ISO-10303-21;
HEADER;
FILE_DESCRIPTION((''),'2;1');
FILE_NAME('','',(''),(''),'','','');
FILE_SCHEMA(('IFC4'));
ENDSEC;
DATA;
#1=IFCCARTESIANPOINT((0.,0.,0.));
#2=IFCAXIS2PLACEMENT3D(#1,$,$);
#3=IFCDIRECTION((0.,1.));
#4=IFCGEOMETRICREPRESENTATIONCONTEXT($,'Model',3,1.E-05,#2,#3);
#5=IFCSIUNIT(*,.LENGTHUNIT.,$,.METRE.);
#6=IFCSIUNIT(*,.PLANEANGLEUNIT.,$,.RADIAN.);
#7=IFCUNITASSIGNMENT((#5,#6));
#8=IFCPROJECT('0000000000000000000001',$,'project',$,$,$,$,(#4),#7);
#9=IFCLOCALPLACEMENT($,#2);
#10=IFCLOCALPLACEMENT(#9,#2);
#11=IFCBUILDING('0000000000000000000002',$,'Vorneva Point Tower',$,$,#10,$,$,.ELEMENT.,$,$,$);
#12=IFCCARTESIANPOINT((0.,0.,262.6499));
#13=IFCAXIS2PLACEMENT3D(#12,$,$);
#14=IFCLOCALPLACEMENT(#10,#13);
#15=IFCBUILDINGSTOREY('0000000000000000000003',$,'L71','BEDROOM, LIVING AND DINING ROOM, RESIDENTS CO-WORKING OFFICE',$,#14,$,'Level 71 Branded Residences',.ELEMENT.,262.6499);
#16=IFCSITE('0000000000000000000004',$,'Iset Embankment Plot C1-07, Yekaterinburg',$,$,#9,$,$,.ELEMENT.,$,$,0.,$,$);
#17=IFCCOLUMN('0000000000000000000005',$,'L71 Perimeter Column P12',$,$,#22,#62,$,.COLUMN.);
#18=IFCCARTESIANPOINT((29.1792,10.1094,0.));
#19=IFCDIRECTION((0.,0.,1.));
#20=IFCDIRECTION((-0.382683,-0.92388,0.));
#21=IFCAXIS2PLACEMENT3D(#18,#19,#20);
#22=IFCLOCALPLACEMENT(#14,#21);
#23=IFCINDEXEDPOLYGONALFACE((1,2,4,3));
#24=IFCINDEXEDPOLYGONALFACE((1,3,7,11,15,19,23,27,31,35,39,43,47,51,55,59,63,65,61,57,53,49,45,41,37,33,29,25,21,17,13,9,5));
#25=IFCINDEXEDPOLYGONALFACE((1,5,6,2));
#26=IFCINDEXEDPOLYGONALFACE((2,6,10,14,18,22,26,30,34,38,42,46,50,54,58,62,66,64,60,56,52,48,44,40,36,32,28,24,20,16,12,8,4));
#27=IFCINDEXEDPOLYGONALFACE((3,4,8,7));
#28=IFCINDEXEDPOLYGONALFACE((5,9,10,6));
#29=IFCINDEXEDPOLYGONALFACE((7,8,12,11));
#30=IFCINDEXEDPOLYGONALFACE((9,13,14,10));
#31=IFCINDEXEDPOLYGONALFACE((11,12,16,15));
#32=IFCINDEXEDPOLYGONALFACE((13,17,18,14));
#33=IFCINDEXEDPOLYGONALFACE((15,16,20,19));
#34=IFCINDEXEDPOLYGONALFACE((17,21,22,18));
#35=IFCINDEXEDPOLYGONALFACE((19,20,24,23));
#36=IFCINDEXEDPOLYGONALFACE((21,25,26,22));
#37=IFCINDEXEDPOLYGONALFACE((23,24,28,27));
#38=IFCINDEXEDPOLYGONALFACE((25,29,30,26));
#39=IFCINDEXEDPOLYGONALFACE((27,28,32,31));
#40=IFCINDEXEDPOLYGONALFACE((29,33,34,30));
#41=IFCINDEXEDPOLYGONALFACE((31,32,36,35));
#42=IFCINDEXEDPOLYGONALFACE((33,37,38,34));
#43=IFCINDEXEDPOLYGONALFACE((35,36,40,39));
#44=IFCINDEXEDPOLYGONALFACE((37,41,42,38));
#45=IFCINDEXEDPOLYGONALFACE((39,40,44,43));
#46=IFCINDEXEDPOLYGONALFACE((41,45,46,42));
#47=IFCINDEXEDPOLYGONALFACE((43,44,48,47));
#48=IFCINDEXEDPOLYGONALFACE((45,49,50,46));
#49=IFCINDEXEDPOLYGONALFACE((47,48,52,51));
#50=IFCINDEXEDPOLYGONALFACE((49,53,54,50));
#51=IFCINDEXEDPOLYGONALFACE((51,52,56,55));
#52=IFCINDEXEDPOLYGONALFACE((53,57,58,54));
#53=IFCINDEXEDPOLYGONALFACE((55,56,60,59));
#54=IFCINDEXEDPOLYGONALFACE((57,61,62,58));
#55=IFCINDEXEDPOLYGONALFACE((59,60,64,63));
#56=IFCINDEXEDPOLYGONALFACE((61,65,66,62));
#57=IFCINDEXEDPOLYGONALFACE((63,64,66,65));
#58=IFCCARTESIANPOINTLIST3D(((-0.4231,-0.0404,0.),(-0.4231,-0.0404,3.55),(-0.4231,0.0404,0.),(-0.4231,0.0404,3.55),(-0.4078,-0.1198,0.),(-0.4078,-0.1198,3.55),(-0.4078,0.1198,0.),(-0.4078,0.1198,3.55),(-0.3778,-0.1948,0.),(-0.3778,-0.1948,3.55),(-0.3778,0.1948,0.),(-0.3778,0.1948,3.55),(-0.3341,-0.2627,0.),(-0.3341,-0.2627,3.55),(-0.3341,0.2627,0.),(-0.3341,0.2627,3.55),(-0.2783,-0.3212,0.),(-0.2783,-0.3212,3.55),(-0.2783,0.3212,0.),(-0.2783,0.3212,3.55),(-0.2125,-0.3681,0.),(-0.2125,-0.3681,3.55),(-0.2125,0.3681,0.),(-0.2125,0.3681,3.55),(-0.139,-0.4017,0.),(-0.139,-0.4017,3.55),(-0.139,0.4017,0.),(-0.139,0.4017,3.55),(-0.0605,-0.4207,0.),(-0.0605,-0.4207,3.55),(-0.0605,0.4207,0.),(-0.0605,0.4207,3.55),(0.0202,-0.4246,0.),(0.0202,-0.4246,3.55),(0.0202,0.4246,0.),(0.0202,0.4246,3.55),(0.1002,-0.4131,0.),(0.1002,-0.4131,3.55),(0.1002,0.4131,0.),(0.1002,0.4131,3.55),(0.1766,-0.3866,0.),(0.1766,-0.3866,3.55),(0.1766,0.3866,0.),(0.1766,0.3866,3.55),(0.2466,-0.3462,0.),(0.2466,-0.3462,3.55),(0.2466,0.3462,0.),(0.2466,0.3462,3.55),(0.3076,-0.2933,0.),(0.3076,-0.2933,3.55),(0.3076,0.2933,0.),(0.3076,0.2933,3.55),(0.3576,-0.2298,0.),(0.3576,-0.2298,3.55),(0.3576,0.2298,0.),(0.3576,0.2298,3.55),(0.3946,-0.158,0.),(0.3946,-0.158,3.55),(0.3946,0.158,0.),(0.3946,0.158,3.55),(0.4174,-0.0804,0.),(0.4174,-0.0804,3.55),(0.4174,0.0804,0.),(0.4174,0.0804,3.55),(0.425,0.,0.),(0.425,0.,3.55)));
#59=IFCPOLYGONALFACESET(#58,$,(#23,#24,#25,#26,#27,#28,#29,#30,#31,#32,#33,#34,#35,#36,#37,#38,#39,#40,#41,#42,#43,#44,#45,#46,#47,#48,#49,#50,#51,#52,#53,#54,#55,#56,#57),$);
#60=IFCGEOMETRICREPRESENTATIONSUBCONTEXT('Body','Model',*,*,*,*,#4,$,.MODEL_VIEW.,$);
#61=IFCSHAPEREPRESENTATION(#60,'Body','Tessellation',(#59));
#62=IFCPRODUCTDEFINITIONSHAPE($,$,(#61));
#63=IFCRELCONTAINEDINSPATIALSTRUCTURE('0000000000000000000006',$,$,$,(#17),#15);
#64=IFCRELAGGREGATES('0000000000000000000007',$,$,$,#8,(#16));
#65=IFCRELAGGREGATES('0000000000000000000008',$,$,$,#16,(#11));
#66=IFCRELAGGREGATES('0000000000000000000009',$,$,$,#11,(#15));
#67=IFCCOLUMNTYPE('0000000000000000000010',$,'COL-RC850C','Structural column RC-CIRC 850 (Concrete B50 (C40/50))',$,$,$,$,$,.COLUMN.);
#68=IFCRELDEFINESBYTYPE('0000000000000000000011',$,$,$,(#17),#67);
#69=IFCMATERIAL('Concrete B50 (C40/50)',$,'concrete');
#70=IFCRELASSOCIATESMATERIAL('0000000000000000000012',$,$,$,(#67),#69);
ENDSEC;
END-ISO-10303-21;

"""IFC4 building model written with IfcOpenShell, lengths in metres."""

from ifc_helpers import new_model, si_unit, direction, frame, origin, origin_2d, place, context, subcontext, project, spatial, circle, extrude, material, material_profile, profile_set, type_object, element, save


model = new_model("IFC4")

# Units and contexts
model_context = context("Model", 3, precision=1e-05, world=origin(), true_north=direction((0.0, 1.0)))
body_context = subcontext(model_context, "Body", "Model", "MODEL_VIEW")
ifc_project = project(units=[si_unit("LENGTHUNIT", "METRE"), si_unit("PLANEANGLEUNIT", "RADIAN")], contexts=[model_context])

# Site, building, storey
site_placement = place(None, origin())
site = spatial("IfcSite", under=ifc_project, at=site_placement, Name="Iset Embankment Plot C1-07, Yekaterinburg", CompositionType="ELEMENT", RefElevation=0.0)
building_placement = place(site_placement, origin())
building = spatial("IfcBuilding", under=site, at=building_placement, Name="Vorneva Point Tower", CompositionType="ELEMENT")
storey_placement = place(building_placement, frame((0.0, 0.0, 262.6499)))
storey = spatial("IfcBuildingStorey", under=building, at=storey_placement, Name="L71", Description="BEDROOM, LIVING AND DINING ROOM, RESIDENTS CO-WORKING OFFICE", LongName="Level 71 Branded Residences", CompositionType="ELEMENT", Elevation=262.6499)

# Column
ifc_material_1 = material(Name="Concrete B50 (C40/50)", Category="concrete")
ifc_material_profile_1 = material_profile(ifc_material_1, circle(Radius=0.425, at=origin_2d()), Name="RC-CIRC 850")
ifc_profile_set_1 = profile_set([ifc_material_profile_1], Name="Concrete B50 (C40/50)")
column_type = type_object("IfcColumnType", Name="COL-RC850C", Description="Structural column RC-CIRC 850 (Concrete B50 (C40/50))", PredefinedType="COLUMN", material=ifc_profile_set_1)
for number, where, z_axis, x_axis, name in (
    (1, (29.1792, 10.1094, 0.0), (0.0, 0.0, 1.0), (-0.382683, -0.92388, 0.0), "L71 Perimeter Column P12"),
):
    element("IfcColumn", number, at=place(storey_placement, frame(where, z_axis=z_axis, x_axis=x_axis)), inside=storey, type_object=column_type, Name=name, PredefinedType="COLUMN", context=body_context, shape_type="SweptSolid", body=[
        extrude(circle(Radius=0.425, at=origin_2d()), origin(), (0.0, 0.0, 1.0), 3.55),
    ])

save(model, "model.ifc")
